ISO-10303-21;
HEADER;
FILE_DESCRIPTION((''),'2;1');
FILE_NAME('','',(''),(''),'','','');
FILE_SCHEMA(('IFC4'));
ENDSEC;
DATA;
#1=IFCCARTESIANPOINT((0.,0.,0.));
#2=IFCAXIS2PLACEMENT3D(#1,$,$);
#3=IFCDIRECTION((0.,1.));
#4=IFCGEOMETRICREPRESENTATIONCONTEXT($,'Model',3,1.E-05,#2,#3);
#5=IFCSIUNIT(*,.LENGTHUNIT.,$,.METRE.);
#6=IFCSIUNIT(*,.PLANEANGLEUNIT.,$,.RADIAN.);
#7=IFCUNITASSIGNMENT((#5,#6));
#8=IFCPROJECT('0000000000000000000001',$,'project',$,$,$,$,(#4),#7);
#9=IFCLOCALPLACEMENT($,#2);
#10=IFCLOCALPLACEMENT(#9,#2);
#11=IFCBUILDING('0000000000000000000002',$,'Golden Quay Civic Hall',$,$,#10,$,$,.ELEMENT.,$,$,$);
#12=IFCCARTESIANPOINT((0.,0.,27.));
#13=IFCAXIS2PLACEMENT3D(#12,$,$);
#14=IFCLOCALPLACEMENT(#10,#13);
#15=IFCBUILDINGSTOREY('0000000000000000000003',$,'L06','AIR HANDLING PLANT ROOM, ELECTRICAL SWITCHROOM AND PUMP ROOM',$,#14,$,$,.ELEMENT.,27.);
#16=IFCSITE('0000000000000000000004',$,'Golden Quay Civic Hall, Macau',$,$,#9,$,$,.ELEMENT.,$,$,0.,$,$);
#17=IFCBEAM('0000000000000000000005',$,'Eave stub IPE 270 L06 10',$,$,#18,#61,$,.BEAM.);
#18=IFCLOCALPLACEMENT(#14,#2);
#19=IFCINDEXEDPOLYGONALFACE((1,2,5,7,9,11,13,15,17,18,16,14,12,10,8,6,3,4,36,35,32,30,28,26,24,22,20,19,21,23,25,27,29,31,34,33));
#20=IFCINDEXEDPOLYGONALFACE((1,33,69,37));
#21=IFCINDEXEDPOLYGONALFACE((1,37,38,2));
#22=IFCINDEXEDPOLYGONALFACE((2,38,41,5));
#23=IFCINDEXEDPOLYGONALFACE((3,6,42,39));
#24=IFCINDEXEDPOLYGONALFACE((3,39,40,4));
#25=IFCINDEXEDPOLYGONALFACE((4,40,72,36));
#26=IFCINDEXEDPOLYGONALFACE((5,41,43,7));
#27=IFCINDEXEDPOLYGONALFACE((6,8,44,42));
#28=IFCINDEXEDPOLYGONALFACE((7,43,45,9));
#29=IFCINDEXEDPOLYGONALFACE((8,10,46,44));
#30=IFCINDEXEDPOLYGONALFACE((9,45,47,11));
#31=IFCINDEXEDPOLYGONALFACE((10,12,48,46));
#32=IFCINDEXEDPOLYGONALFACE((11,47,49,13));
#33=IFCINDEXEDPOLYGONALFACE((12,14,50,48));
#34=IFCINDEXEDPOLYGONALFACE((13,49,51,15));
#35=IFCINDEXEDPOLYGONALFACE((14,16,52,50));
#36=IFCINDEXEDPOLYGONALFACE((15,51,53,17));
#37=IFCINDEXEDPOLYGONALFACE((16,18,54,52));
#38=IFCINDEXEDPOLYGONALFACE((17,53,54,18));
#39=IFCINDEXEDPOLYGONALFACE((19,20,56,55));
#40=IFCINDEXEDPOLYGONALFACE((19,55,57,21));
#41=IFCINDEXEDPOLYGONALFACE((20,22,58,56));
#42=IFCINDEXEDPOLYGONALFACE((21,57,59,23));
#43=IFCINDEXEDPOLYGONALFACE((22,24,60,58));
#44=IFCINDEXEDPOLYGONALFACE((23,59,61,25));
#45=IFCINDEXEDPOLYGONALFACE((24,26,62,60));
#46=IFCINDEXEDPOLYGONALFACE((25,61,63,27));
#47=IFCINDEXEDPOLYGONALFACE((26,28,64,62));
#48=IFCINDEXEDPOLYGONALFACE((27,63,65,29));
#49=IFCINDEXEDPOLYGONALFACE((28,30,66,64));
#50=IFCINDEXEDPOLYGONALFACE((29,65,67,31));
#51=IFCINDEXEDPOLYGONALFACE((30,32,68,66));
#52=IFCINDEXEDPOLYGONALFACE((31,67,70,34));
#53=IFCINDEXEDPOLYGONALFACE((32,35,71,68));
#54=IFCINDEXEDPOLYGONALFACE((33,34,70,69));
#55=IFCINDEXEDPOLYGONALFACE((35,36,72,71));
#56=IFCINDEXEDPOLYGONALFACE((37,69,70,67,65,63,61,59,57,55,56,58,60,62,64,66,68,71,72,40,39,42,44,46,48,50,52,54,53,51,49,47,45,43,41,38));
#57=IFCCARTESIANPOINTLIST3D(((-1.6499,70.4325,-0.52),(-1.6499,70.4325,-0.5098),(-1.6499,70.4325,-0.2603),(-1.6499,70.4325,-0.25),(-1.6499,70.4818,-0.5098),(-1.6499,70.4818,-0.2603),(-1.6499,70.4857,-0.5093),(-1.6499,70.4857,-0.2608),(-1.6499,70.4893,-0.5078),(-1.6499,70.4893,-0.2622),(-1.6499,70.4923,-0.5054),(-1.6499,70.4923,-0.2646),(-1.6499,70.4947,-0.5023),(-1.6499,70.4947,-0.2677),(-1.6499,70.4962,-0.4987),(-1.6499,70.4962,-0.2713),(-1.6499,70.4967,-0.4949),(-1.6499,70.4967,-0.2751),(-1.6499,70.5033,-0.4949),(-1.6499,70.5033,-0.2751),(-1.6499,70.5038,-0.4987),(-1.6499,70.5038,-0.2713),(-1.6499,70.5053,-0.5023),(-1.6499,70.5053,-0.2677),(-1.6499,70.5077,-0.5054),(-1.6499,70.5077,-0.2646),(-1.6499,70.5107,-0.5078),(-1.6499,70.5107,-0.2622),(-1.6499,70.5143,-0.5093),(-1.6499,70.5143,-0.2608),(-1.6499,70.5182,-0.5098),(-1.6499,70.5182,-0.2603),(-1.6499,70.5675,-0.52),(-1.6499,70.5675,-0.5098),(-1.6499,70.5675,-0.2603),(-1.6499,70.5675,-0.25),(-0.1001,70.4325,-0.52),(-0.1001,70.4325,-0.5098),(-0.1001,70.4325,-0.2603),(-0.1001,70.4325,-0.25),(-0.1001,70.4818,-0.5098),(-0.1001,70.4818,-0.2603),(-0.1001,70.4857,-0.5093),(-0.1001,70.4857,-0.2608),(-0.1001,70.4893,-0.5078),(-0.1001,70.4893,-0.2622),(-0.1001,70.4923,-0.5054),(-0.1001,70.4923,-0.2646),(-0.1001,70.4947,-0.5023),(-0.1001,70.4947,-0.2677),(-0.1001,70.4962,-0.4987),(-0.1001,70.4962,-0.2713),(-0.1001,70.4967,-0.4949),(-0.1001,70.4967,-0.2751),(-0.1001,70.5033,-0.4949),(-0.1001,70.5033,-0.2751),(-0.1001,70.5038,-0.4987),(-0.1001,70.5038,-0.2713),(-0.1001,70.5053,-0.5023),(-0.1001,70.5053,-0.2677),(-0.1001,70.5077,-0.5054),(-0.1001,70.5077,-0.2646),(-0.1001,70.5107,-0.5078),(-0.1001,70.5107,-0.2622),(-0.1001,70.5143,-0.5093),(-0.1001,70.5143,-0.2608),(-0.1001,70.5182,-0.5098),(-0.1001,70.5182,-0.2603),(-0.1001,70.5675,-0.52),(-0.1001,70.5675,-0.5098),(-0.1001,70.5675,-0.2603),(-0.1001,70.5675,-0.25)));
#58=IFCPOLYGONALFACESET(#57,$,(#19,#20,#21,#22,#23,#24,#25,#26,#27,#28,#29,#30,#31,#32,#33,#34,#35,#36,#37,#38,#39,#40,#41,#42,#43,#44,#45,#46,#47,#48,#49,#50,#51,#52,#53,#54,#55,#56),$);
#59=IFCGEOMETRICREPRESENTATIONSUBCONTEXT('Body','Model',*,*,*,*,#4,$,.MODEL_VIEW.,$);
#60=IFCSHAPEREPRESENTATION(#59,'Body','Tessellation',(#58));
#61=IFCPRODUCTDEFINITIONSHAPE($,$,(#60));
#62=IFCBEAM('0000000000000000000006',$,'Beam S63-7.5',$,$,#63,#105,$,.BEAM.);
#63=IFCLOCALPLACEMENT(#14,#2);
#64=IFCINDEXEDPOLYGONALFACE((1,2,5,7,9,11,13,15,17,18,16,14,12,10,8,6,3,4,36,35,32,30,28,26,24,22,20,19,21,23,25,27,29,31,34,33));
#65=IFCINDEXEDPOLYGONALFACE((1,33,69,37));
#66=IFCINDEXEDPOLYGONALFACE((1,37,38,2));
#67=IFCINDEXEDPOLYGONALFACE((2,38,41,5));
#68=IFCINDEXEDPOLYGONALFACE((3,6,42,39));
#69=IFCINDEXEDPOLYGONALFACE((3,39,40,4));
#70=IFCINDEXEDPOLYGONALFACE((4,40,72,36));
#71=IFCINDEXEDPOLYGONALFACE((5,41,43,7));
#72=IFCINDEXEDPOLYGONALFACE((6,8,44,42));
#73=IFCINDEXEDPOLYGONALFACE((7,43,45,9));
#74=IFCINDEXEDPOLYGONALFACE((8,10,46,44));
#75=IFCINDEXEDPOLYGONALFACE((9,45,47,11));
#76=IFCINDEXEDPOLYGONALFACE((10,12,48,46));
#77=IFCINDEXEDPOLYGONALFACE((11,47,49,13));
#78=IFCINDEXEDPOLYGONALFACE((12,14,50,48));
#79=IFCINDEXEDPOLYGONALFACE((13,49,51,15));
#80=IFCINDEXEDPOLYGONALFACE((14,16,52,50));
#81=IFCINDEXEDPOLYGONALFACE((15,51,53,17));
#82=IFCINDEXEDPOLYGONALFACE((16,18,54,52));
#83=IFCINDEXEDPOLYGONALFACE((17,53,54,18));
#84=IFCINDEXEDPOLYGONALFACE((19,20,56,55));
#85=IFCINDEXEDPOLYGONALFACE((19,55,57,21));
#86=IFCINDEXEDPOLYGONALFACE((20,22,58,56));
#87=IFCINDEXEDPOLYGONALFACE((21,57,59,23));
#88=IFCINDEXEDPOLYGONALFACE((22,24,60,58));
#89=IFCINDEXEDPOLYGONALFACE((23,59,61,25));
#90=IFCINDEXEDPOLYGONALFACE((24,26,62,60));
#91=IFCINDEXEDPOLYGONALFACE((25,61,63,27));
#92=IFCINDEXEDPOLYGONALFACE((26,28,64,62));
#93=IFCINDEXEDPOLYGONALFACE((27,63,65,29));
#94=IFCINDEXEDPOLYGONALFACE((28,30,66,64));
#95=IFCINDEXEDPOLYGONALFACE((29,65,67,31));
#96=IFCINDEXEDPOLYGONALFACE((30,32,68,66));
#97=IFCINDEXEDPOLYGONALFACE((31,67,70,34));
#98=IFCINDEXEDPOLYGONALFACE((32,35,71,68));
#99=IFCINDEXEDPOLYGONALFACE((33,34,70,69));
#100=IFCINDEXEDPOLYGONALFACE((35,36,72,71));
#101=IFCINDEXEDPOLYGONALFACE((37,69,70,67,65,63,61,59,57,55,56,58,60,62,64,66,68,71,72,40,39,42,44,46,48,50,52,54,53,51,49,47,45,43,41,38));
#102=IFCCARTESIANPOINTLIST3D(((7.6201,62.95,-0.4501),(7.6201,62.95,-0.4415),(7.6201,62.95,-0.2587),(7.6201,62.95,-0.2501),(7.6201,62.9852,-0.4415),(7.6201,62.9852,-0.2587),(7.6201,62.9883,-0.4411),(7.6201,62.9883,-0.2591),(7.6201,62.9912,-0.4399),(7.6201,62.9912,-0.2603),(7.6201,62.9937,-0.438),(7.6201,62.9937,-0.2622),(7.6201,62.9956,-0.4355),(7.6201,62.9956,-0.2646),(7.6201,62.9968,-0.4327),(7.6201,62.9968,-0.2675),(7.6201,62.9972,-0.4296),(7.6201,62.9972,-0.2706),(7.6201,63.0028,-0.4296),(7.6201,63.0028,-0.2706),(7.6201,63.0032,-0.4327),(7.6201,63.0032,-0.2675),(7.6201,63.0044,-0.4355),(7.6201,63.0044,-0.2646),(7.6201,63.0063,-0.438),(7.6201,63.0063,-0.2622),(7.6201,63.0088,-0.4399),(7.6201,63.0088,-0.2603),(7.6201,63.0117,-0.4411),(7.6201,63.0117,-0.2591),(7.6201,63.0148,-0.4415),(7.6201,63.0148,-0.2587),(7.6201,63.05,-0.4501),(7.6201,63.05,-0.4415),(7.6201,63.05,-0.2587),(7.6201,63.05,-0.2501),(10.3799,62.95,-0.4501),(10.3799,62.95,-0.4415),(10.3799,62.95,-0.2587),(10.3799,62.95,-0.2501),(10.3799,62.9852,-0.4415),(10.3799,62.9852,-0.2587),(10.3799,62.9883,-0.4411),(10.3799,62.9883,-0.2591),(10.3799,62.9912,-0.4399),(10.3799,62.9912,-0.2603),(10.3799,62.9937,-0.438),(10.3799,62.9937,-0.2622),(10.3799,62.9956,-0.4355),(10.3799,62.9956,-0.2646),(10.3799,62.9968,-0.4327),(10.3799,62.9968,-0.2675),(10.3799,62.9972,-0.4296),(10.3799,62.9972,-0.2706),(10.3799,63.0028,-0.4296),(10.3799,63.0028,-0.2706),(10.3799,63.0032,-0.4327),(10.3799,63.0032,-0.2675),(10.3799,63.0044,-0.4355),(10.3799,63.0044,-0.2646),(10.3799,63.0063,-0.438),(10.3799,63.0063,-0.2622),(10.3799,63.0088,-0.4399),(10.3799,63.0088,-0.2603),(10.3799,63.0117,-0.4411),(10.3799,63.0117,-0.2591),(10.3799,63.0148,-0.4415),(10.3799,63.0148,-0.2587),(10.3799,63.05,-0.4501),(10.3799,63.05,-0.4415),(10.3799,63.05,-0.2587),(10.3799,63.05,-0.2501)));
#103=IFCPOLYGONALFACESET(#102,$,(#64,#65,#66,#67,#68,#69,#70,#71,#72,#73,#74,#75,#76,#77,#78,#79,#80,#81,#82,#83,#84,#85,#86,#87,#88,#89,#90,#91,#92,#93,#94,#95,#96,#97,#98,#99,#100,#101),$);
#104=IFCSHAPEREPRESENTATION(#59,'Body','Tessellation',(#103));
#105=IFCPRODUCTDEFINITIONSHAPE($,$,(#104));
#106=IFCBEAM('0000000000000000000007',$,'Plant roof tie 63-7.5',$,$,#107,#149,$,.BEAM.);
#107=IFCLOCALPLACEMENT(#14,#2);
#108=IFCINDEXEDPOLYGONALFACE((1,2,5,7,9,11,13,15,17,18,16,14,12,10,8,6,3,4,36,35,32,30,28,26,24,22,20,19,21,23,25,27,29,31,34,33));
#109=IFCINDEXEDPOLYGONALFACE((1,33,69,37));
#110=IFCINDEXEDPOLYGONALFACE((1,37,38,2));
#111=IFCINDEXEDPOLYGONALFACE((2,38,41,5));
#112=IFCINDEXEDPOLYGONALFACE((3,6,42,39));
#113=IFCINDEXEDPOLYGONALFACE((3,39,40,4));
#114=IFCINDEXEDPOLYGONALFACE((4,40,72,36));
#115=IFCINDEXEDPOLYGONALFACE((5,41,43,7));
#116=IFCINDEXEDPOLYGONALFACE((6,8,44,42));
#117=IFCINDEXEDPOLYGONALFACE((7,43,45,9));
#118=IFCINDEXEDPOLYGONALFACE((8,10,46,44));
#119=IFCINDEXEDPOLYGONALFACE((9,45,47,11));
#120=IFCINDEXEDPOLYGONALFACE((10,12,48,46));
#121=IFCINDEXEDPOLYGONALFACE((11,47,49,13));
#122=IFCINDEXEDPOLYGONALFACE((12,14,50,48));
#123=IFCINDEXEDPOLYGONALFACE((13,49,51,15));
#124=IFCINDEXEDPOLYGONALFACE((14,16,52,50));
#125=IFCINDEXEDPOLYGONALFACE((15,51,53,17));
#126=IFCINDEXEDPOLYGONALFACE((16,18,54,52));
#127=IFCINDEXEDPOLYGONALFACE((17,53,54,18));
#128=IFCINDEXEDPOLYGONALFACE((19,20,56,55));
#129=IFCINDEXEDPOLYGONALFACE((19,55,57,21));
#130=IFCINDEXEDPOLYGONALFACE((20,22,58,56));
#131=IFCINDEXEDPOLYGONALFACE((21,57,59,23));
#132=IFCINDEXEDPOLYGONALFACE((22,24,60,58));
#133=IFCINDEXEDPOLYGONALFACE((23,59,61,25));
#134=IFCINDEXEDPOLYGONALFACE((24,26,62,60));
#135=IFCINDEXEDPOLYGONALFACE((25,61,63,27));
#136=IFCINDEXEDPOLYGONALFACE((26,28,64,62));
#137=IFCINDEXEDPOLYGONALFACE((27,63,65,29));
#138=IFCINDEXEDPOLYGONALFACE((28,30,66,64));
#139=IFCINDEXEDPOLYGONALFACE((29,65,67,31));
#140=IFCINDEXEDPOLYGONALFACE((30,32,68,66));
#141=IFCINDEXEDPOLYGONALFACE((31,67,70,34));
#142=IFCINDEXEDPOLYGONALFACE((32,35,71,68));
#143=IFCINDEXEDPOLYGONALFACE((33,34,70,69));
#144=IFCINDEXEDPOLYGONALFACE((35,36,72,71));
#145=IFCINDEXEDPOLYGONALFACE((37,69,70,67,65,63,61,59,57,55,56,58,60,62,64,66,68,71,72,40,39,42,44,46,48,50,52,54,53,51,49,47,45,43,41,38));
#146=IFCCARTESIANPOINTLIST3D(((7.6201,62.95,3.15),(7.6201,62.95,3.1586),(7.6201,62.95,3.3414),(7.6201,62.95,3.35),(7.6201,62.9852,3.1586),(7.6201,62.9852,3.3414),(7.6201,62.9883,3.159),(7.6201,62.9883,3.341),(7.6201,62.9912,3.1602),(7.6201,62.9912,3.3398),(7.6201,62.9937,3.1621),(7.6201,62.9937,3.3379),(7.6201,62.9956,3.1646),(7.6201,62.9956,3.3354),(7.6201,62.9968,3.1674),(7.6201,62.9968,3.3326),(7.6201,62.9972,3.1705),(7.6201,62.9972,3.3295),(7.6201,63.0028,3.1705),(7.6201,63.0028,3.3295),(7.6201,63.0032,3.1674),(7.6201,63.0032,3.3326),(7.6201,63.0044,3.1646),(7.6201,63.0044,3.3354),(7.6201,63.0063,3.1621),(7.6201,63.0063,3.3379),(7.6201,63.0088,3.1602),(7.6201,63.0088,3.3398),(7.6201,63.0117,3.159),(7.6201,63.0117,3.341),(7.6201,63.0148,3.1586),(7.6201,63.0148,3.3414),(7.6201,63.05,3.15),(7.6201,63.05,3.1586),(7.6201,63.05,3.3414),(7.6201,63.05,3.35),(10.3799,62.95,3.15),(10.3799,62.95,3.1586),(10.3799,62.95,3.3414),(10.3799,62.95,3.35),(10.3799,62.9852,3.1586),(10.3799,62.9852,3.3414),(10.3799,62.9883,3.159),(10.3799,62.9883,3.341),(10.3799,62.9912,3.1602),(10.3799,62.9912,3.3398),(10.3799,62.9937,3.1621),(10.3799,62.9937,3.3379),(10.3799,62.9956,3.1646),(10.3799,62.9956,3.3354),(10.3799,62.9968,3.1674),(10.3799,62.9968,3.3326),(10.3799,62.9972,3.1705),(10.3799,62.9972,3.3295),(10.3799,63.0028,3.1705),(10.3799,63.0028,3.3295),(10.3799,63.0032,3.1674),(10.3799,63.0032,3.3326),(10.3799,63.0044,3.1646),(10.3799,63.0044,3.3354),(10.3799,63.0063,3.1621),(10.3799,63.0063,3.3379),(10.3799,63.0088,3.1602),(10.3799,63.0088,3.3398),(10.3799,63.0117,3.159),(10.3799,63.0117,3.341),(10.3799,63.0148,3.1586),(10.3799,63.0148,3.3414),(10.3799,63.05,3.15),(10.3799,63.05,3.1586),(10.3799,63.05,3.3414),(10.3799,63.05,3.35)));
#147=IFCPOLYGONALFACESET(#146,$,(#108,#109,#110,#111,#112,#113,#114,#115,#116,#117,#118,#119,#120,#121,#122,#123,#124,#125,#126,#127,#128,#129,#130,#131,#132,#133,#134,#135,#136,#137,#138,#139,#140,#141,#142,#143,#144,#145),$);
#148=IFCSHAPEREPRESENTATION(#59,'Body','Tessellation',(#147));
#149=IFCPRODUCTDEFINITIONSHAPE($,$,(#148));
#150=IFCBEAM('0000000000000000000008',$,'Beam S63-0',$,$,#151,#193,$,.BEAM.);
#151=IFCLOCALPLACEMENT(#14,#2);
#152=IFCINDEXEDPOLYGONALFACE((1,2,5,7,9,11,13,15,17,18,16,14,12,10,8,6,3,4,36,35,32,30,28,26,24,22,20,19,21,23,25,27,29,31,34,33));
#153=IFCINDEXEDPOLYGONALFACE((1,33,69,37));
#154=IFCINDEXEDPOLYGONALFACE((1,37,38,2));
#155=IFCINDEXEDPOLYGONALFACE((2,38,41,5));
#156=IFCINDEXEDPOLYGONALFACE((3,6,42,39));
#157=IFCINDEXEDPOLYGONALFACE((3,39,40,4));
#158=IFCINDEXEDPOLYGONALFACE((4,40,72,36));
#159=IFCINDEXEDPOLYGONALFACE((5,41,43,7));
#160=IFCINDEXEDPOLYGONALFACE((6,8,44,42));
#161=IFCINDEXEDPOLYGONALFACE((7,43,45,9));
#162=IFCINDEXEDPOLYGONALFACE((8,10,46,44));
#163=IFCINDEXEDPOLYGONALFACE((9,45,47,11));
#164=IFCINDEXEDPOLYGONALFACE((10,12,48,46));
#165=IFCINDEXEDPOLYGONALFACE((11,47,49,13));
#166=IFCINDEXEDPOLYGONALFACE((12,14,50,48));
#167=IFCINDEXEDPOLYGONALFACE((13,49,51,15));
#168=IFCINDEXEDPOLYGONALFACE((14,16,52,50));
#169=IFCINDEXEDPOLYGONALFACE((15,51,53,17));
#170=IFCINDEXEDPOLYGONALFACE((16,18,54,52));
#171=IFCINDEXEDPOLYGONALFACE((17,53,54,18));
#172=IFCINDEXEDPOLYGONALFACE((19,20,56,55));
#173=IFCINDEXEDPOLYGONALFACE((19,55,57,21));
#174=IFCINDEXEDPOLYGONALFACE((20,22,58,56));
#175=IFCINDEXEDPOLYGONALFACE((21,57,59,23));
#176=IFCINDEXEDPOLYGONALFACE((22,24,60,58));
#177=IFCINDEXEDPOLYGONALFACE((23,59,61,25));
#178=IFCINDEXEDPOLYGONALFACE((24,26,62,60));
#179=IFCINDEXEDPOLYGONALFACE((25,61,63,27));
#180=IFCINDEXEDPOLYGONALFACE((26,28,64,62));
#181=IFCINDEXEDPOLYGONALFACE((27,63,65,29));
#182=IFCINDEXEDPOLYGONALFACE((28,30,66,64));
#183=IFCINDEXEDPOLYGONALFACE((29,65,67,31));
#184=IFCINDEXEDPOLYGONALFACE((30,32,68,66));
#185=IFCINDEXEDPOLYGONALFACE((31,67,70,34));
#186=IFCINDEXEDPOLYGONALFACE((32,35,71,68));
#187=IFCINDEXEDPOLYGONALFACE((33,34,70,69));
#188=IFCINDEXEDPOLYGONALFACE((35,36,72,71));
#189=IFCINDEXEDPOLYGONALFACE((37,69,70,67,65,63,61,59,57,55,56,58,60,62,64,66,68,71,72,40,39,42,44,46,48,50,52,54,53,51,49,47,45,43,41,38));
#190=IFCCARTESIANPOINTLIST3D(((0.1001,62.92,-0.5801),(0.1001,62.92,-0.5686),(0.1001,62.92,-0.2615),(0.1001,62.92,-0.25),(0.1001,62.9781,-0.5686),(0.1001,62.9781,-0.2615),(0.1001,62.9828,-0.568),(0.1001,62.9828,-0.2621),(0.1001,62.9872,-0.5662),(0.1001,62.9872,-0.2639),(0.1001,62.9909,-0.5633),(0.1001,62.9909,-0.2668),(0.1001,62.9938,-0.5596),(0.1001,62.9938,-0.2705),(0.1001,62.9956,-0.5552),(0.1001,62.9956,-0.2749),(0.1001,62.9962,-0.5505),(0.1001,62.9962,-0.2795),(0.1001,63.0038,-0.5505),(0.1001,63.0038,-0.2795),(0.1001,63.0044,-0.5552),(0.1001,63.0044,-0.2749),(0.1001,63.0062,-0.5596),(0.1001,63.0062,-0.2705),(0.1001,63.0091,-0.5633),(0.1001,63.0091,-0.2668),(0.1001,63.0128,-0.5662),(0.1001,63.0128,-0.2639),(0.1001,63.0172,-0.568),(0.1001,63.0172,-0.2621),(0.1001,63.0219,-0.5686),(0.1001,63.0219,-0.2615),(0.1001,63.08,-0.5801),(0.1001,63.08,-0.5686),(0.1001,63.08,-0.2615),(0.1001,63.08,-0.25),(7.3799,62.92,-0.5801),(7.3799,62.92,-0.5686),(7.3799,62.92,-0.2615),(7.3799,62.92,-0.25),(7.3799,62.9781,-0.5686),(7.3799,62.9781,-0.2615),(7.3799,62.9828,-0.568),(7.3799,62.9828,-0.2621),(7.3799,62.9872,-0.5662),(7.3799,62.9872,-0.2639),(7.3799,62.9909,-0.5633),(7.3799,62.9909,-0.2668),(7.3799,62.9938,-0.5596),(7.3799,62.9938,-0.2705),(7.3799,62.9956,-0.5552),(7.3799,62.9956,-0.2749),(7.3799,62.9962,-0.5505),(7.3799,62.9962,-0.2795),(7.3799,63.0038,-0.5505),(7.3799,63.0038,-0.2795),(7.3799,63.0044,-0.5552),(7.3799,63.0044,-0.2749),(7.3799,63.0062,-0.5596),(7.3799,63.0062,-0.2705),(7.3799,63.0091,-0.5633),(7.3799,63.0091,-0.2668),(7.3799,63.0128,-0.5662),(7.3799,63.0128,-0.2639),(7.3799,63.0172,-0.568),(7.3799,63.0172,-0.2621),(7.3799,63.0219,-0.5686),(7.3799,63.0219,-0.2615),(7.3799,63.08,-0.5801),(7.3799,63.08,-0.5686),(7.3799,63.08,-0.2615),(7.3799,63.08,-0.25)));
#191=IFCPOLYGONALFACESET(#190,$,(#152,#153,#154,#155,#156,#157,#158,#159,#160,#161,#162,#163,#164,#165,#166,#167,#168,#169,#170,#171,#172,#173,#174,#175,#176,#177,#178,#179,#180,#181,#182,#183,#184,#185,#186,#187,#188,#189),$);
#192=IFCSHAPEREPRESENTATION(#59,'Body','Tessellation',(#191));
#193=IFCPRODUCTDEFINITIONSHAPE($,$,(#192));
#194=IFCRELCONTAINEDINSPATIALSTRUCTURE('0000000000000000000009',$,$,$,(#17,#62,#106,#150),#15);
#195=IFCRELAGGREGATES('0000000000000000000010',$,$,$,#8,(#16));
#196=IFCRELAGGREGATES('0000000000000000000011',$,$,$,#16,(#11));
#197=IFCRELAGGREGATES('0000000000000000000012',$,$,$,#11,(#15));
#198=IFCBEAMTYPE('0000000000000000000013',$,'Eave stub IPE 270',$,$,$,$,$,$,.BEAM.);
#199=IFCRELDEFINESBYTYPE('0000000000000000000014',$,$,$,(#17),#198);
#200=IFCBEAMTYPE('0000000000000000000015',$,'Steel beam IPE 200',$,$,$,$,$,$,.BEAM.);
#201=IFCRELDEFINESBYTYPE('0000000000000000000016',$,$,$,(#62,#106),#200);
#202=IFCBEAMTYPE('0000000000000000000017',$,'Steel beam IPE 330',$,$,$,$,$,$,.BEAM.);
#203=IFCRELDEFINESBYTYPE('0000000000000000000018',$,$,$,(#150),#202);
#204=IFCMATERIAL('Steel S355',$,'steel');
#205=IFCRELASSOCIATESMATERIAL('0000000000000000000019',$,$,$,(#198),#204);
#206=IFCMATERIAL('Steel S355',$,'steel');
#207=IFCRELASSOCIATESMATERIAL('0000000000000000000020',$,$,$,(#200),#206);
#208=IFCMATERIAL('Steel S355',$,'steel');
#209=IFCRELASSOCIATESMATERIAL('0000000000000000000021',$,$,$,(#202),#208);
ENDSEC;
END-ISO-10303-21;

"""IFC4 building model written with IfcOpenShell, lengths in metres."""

from ifc_helpers import new_model, si_unit, direction, frame, origin, origin_2d, place, context, subcontext, project, spatial, i_section, extrude, material, material_profile, profile_set, type_object, element, save


model = new_model("IFC4")

# Units and contexts
model_context = context("Model", 3, precision=1e-05, world=origin(), true_north=direction((0.0, 1.0)))
body_context = subcontext(model_context, "Body", "Model", "MODEL_VIEW")
ifc_project = project(units=[si_unit("LENGTHUNIT", "METRE"), si_unit("PLANEANGLEUNIT", "RADIAN")], contexts=[model_context])

# Site, building, storey
site_placement = place(None, origin())
site = spatial("IfcSite", under=ifc_project, at=site_placement, Name="Golden Quay Civic Hall, Macau", CompositionType="ELEMENT", RefElevation=0.0)
building_placement = place(site_placement, origin())
building = spatial("IfcBuilding", under=site, at=building_placement, Name="Golden Quay Civic Hall", CompositionType="ELEMENT")
storey_placement = place(building_placement, frame((0.0, 0.0, 27.0)))
storey = spatial("IfcBuildingStorey", under=building, at=storey_placement, Name="L06", Description="AIR HANDLING PLANT ROOM, ELECTRICAL SWITCHROOM AND PUMP ROOM", CompositionType="ELEMENT", Elevation=27.0)

# Beams
ifc_material_1 = material(Name="Steel S355", Category="steel")
ifc_material_profile_1 = material_profile(ifc_material_1, i_section(OverallWidth=0.135, OverallDepth=0.27, WebThickness=0.0066, FlangeThickness=0.0103, FilletRadius=0.0149, at=origin_2d()), Name="IPE 270")
ifc_profile_set_1 = profile_set([ifc_material_profile_1], Name="Steel S355")
beam_type_1 = type_object("IfcBeamType", Name="Eave stub IPE 270", PredefinedType="BEAM", material=ifc_profile_set_1)
beam_1_placement = place(storey_placement, frame((-0.1001, 70.5, -0.385), z_axis=(-1.0, 0.0, 0.0), x_axis=(0.0, -1.0, 0.0)))
element("IfcBeam", 1, at=beam_1_placement, inside=storey, type_object=beam_type_1, Name="Eave stub IPE 270 L06 10", PredefinedType="BEAM", context=body_context, shape_type="SweptSolid", body=[
    extrude(i_section(OverallWidth=0.135, OverallDepth=0.27, WebThickness=0.0066, FlangeThickness=0.0103, FilletRadius=0.0149, at=origin_2d()), origin(), (0.0, 0.0, 1.0), 1.5498),
])
ifc_material_2 = material(Name="Steel S355", Category="steel")
ifc_material_profile_2 = material_profile(ifc_material_2, i_section(OverallWidth=0.1001, OverallDepth=0.2, WebThickness=0.0056, FlangeThickness=0.0085, FilletRadius=0.012, at=origin_2d()), Name="IPE 200")
ifc_profile_set_2 = profile_set([ifc_material_profile_2], Name="Steel S355")
beam_type_2 = type_object("IfcBeamType", Name="Steel beam IPE 200", PredefinedType="BEAM", material=ifc_profile_set_2)
for number, where, z_axis, x_axis, name in (
    (2, (7.6201, 63.0, -0.3501), (1.0, 0.0, 0.0), (0.0, 1.0, 0.0), "Beam S63-7.5"),
    (3, (7.6201, 63.0, 3.25), (1.0, 0.0, 0.0), (0.0, 1.0, 0.0), "Plant roof tie 63-7.5"),
):
    element("IfcBeam", number, at=place(storey_placement, frame(where, z_axis=z_axis, x_axis=x_axis)), inside=storey, type_object=beam_type_2, Name=name, PredefinedType="BEAM", context=body_context, shape_type="SweptSolid", body=[
        extrude(i_section(OverallWidth=0.1001, OverallDepth=0.2, WebThickness=0.0056, FlangeThickness=0.0085, FilletRadius=0.012, at=origin_2d()), origin(), (0.0, 0.0, 1.0), 2.7598),
    ])
ifc_material_3 = material(Name="Steel S355", Category="steel")
ifc_material_profile_3 = material_profile(ifc_material_3, i_section(OverallWidth=0.1599, OverallDepth=0.3301, WebThickness=0.0076, FlangeThickness=0.0115, FilletRadius=0.0181, at=origin_2d()), Name="IPE 330")
ifc_profile_set_3 = profile_set([ifc_material_profile_3], Name="Steel S355")
beam_type_3 = type_object("IfcBeamType", Name="Steel beam IPE 330", PredefinedType="BEAM", material=ifc_profile_set_3)
for number, where, z_axis, x_axis, name in (
    (4, (0.1001, 63.0, -0.415), (1.0, 0.0, 0.0), (0.0, 1.0, 0.0), "Beam S63-0"),
):
    element("IfcBeam", number, at=place(storey_placement, frame(where, z_axis=z_axis, x_axis=x_axis)), inside=storey, type_object=beam_type_3, Name=name, PredefinedType="BEAM", context=body_context, shape_type="SweptSolid", body=[
        extrude(i_section(OverallWidth=0.1599, OverallDepth=0.3301, WebThickness=0.0076, FlangeThickness=0.0115, FilletRadius=0.0181, at=origin_2d()), origin(), (0.0, 0.0, 1.0), 7.2798),
    ])

save(model, "model.ifc")
